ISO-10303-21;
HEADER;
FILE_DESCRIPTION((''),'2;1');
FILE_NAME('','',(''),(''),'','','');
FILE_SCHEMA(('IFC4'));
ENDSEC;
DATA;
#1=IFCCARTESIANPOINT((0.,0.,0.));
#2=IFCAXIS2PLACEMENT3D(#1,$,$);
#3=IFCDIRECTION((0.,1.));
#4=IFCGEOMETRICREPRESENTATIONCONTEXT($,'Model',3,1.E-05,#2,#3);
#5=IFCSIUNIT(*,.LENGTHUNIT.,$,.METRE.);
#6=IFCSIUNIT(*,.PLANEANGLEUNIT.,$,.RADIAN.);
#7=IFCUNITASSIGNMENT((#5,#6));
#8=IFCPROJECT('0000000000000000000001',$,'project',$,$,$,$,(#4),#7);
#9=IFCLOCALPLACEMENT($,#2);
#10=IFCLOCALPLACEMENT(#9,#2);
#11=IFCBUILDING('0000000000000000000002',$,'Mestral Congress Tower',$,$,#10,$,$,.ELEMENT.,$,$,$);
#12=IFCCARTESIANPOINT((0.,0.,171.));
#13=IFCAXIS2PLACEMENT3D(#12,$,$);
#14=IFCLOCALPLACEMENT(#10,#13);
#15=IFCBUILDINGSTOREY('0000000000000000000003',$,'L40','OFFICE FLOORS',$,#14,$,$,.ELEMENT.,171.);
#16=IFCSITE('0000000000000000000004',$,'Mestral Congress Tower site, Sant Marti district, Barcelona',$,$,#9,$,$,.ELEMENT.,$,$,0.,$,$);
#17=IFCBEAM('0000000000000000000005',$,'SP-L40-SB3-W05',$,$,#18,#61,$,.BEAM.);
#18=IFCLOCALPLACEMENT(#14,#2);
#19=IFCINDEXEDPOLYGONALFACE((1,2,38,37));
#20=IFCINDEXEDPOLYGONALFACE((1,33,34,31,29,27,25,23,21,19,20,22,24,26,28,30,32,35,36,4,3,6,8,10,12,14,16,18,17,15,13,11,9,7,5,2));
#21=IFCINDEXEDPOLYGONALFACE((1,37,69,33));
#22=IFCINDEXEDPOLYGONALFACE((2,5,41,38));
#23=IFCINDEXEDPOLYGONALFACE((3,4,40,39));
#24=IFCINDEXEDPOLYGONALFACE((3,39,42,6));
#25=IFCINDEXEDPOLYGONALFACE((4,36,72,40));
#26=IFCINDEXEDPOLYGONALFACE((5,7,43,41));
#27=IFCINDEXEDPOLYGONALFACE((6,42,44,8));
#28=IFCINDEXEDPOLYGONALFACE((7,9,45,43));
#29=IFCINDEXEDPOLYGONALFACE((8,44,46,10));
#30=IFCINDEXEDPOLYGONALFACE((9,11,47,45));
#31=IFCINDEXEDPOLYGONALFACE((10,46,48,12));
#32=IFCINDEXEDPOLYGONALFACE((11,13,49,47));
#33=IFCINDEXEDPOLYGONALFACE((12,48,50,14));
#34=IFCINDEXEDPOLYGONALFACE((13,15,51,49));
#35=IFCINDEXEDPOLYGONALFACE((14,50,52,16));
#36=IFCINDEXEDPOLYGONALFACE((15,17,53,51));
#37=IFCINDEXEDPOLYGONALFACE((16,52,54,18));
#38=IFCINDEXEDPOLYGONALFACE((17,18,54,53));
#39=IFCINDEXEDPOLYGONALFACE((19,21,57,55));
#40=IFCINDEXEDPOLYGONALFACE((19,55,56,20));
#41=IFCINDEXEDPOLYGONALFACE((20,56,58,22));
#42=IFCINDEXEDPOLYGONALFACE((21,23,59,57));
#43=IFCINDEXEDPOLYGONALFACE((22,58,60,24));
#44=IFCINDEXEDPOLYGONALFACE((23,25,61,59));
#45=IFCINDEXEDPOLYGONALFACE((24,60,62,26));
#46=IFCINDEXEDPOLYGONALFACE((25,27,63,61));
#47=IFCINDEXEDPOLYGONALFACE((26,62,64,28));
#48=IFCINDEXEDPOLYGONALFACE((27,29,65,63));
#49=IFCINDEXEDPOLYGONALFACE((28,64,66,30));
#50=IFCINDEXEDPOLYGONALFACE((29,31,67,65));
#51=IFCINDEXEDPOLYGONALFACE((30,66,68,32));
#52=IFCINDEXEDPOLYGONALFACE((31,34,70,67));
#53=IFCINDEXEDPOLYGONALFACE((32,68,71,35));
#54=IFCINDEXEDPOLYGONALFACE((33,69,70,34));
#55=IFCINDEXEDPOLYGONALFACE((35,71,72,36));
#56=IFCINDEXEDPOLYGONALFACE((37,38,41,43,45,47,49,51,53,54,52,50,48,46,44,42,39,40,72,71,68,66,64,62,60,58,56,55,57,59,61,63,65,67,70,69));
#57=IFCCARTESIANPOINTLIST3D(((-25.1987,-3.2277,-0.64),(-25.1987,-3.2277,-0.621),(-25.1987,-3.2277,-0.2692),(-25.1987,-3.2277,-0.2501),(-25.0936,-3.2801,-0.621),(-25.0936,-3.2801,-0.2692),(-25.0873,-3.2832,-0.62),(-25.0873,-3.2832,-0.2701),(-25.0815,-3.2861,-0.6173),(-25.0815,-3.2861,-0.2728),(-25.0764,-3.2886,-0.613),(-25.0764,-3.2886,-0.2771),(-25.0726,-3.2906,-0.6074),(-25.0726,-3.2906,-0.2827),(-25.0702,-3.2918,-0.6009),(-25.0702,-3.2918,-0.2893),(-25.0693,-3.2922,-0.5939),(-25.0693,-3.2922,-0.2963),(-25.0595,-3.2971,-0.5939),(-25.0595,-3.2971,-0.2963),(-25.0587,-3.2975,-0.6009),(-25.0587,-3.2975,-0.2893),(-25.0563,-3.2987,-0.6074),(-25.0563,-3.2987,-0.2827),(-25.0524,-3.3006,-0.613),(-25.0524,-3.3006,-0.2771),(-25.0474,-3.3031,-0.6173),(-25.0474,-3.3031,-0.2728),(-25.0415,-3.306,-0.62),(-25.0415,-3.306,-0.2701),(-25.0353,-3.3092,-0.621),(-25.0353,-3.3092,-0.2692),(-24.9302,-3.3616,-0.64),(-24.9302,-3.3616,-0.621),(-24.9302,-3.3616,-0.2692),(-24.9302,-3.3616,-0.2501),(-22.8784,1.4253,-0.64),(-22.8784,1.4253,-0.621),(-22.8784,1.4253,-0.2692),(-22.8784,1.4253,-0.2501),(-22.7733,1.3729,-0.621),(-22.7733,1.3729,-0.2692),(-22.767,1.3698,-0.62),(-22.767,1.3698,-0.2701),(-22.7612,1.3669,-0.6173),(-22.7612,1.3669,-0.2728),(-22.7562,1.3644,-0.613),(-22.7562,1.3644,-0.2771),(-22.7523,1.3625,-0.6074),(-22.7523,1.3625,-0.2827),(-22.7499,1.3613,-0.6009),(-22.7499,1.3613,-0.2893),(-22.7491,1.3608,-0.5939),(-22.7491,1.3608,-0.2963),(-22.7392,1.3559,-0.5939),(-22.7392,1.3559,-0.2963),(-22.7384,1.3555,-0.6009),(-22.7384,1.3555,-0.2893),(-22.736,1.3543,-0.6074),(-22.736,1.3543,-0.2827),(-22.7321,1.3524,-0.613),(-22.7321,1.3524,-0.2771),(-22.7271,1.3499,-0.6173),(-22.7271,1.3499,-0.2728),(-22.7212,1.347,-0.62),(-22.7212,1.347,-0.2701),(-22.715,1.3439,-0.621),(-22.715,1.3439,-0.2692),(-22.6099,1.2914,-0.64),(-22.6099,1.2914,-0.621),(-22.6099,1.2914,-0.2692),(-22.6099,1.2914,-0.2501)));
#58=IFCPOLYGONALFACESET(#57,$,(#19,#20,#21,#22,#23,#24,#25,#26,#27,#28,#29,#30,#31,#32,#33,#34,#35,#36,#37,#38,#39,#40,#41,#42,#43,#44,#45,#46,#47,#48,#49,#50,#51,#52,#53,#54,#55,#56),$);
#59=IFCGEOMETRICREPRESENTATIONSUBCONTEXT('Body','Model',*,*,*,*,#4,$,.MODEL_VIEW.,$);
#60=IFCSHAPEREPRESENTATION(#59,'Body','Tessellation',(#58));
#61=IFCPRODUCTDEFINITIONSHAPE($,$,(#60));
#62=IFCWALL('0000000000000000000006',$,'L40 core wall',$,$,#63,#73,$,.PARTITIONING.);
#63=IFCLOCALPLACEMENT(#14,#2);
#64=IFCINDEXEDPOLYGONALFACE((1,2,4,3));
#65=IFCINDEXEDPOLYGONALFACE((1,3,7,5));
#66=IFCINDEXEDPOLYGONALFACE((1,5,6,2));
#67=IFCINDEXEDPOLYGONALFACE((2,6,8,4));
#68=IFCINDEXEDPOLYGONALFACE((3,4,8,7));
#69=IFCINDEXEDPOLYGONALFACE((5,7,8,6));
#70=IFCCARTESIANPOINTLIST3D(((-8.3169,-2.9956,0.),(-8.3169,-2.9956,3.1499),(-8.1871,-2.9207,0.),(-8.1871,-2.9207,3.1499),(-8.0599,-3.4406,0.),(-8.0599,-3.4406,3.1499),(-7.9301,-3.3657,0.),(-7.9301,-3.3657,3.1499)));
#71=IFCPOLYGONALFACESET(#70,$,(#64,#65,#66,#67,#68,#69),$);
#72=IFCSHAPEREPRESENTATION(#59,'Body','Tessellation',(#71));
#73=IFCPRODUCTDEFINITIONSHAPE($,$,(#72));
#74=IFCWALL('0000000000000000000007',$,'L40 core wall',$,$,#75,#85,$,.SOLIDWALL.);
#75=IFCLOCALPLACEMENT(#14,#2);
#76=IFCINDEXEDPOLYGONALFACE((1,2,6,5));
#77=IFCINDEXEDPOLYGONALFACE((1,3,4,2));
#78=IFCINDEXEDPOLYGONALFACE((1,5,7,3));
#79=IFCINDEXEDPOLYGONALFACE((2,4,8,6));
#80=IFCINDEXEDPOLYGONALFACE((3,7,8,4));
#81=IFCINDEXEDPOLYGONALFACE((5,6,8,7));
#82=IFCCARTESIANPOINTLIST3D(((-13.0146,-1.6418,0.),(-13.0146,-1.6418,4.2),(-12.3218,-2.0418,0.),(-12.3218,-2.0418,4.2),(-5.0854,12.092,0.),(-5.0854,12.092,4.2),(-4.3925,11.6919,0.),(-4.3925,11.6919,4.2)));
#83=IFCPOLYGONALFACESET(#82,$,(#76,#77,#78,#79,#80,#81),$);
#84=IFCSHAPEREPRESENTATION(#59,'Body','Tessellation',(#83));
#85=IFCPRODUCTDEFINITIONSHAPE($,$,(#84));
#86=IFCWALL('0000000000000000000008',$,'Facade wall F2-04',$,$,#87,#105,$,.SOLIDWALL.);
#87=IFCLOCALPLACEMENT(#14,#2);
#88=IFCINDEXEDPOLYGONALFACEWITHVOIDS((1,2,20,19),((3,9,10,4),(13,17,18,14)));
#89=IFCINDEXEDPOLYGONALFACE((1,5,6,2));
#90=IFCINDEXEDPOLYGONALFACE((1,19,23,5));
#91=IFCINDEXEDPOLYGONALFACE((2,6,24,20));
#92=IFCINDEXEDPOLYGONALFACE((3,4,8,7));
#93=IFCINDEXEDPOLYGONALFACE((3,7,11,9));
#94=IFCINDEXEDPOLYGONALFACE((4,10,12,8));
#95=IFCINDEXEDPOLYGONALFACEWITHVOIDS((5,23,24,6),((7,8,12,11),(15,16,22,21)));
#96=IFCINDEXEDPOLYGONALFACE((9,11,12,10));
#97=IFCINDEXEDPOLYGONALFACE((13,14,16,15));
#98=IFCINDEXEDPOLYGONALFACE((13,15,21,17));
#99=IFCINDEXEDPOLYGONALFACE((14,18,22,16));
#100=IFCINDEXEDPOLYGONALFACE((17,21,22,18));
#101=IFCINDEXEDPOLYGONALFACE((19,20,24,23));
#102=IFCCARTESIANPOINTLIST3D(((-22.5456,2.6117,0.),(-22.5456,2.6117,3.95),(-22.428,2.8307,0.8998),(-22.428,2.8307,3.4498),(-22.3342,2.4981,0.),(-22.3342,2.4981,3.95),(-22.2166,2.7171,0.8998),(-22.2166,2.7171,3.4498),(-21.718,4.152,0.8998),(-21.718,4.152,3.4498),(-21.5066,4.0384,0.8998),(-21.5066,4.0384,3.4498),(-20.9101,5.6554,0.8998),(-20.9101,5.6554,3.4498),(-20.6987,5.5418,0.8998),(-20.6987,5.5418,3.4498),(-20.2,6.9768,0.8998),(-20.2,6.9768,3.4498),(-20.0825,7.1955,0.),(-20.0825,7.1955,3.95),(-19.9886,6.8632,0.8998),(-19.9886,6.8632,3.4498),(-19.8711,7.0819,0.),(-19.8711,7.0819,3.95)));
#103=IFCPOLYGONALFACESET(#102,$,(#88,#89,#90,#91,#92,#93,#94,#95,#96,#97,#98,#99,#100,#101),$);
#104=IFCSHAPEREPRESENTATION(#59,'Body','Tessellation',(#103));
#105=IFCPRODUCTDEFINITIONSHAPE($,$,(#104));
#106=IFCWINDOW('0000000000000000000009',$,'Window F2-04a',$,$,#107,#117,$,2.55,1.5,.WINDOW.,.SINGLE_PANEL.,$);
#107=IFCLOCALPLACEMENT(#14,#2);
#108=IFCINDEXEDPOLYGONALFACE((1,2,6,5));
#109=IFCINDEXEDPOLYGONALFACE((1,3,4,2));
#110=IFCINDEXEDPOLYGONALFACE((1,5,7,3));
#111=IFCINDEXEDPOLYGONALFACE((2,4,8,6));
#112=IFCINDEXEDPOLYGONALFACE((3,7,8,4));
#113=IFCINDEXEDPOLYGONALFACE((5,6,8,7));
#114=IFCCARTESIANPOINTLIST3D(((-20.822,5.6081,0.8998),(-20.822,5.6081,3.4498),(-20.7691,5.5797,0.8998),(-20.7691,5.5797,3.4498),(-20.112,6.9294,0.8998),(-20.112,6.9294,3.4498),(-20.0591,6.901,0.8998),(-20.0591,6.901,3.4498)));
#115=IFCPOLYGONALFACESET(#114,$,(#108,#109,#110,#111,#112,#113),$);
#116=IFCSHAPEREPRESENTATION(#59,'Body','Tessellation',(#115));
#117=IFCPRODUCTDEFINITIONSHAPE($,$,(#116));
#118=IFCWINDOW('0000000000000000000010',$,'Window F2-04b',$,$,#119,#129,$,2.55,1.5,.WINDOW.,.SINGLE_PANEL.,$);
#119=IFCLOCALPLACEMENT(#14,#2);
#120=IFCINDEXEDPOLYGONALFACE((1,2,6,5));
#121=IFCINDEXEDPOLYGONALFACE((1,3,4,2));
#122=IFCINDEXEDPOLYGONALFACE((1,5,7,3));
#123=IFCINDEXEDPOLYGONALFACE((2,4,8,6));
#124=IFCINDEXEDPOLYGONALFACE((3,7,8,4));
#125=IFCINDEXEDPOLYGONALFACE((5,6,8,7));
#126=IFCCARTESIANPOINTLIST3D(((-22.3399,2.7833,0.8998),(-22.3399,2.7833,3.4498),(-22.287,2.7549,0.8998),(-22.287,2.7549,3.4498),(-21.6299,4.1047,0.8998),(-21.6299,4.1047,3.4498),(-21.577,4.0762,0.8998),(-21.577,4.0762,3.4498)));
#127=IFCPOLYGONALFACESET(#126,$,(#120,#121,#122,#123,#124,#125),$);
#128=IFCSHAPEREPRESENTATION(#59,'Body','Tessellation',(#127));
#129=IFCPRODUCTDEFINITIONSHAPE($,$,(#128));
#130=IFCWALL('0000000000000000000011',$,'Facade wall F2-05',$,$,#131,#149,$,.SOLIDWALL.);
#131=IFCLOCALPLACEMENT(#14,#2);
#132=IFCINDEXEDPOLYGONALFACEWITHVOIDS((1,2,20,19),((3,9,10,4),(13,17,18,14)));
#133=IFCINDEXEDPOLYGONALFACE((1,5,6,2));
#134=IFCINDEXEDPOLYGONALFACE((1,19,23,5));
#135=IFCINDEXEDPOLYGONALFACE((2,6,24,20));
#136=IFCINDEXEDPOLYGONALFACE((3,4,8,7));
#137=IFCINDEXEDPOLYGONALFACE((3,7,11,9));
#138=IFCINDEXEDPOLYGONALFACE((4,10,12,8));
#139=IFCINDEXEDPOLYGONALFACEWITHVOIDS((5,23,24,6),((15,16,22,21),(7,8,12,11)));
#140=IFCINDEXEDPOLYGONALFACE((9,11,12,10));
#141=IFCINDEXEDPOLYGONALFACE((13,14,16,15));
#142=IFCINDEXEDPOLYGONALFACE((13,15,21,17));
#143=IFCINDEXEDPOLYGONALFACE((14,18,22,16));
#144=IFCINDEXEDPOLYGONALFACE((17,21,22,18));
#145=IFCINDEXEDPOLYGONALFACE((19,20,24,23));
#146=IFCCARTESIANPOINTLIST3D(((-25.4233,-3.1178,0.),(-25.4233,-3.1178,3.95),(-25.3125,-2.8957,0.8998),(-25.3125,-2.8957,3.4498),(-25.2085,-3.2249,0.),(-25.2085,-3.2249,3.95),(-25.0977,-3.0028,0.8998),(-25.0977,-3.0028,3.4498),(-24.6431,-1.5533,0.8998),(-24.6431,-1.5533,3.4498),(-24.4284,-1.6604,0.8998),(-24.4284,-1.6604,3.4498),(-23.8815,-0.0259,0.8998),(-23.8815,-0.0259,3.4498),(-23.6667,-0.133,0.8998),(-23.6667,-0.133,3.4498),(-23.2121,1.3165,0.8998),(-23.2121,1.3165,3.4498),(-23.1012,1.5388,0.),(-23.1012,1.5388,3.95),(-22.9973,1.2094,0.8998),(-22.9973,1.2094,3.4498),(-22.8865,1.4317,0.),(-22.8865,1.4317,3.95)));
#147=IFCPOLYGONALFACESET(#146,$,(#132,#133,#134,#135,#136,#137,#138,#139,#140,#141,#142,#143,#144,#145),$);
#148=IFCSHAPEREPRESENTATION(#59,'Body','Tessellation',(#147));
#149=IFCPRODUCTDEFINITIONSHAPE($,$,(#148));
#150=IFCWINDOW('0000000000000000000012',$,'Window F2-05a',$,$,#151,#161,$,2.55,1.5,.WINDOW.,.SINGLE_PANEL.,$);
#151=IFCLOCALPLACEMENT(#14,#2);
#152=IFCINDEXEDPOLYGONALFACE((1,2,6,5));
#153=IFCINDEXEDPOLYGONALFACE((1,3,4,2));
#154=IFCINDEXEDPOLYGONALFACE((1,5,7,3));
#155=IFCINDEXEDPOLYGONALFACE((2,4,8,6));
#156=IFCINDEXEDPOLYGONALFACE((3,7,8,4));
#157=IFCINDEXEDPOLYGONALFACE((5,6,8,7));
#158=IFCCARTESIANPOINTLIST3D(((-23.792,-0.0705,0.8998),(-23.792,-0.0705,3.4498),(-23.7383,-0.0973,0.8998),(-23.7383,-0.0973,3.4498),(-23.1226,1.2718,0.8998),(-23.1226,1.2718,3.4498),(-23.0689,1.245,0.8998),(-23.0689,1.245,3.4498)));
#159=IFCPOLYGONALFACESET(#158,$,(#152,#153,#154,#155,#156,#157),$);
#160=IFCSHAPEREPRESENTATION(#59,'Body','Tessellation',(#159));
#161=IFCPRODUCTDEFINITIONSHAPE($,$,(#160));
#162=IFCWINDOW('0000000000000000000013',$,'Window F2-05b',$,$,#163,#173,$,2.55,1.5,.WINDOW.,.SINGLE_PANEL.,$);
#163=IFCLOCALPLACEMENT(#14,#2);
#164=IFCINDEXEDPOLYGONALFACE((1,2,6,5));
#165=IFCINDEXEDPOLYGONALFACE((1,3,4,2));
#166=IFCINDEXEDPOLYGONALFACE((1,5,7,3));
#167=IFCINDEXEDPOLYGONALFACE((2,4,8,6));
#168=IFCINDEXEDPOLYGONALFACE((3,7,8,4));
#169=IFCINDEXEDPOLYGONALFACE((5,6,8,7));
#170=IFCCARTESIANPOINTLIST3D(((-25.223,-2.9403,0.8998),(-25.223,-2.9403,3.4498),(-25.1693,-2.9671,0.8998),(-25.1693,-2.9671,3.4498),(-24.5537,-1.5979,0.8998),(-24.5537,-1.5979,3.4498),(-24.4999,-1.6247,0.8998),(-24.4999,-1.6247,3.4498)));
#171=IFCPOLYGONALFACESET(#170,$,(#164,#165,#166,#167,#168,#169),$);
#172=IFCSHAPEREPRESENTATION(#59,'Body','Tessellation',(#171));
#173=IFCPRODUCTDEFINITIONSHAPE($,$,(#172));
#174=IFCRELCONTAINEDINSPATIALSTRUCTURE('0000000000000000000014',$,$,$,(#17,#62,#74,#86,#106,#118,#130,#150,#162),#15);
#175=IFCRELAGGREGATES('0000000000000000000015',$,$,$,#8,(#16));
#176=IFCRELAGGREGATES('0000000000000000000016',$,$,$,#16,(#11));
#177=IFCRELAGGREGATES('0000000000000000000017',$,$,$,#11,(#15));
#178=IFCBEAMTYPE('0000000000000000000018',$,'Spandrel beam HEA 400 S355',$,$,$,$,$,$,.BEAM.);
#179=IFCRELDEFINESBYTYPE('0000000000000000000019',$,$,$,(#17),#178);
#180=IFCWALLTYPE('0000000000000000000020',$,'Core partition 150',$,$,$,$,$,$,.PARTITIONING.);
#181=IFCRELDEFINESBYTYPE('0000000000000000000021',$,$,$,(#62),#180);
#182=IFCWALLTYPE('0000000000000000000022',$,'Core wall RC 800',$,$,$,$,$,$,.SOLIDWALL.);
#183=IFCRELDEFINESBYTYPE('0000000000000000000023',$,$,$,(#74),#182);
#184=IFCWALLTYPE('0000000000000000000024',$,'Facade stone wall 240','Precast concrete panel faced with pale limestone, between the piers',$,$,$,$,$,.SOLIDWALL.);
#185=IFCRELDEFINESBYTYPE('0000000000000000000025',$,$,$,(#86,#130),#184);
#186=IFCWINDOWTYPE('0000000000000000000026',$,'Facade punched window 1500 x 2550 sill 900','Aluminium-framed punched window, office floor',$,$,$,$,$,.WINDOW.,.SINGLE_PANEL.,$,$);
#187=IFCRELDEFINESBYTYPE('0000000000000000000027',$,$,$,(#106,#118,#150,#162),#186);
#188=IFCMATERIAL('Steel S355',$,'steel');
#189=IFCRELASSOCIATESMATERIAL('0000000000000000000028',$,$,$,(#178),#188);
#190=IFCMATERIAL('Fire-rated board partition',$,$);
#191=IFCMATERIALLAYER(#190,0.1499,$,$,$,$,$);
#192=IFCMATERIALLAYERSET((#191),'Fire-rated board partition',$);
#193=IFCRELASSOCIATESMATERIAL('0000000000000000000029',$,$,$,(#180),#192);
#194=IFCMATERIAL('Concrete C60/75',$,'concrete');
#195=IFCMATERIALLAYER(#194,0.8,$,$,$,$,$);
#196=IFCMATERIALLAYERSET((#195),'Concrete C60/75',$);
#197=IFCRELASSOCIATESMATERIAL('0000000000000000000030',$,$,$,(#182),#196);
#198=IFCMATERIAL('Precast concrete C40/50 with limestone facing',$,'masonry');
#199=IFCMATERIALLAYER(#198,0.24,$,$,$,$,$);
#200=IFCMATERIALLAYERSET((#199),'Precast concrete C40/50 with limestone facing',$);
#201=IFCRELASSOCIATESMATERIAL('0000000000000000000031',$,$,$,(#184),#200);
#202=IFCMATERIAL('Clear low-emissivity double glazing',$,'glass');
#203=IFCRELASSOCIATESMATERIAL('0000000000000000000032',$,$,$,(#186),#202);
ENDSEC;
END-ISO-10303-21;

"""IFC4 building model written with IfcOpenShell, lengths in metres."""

from ifc_helpers import new_model, si_unit, direction, frame, frame_2d, origin, origin_2d, place, context, subcontext, project, spatial, rectangle, i_section, extrude, material, layer, layer_set, material_profile, profile_set, type_object, element, fill, save


model = new_model("IFC4")

# Units and contexts
model_context = context("Model", 3, precision=1e-05, world=origin(), true_north=direction((0.0, 1.0)))
body_context = subcontext(model_context, "Body", "Model", "MODEL_VIEW")
ifc_project = project(units=[si_unit("LENGTHUNIT", "METRE"), si_unit("PLANEANGLEUNIT", "RADIAN")], contexts=[model_context])

# Site, building, storey
site_placement = place(None, origin())
site = spatial("IfcSite", under=ifc_project, at=site_placement, Name="Mestral Congress Tower site, Sant Marti district, Barcelona", CompositionType="ELEMENT", RefElevation=0.0)
building_placement = place(site_placement, origin())
building = spatial("IfcBuilding", under=site, at=building_placement, Name="Mestral Congress Tower", CompositionType="ELEMENT")
storey_placement = place(building_placement, frame((0.0, 0.0, 171.0)))
storey = spatial("IfcBuildingStorey", under=building, at=storey_placement, Name="L40", Description="OFFICE FLOORS", CompositionType="ELEMENT", Elevation=171.0)

# Shared definitions
ifc_material_1 = material(Name="Concrete C60/75", Category="concrete")

# Beam
ifc_material_2 = material(Name="Steel S355", Category="steel")
ifc_material_profile_1 = material_profile(ifc_material_2, i_section(OverallWidth=0.3, OverallDepth=0.3899, WebThickness=0.011, FlangeThickness=0.019, FilletRadius=0.0271, at=origin_2d()), Name="HEA 400")
ifc_profile_set_1 = profile_set([ifc_material_profile_1], Name="Steel S355")
beam_type_1 = type_object("IfcBeamType", Name="Spandrel beam HEA 400 S355", PredefinedType="BEAM", material=ifc_profile_set_1)
beam_1_placement = place(storey_placement, frame((-22.7441, 1.3584, -0.4451), z_axis=(-0.446255, -0.894906, 0.0), x_axis=(0.894906, -0.446255, 0.0)))
element("IfcBeam", 1, at=beam_1_placement, inside=storey, type_object=beam_type_1, Name="SP-L40-SB3-W05", PredefinedType="BEAM", context=body_context, shape_type="SweptSolid", body=[
    extrude(i_section(OverallWidth=0.3, OverallDepth=0.3899, WebThickness=0.011, FlangeThickness=0.019, FilletRadius=0.0271, at=origin_2d()), origin(), (0.0, 0.0, 1.0), 5.1995),
])

# Walls
ifc_material_3 = material(Name="Fire-rated board partition")
ifc_layer_1 = layer(ifc_material_3, 0.1499)
ifc_layer_set_1 = layer_set([ifc_layer_1], Name="Fire-rated board partition")
wall_type_1 = type_object("IfcWallType", Name="Core partition 150", PredefinedType="PARTITIONING", material=ifc_layer_set_1)
wall_1_placement = place(storey_placement, frame((-8.252, -2.9583, 0.0), z_axis=(0.0, 0.0, 1.0), x_axis=(0.500175, -0.865925, 0.0)))
element("IfcWall", 2, at=wall_1_placement, inside=storey, type_object=wall_type_1, Name="L40 core wall", PredefinedType="PARTITIONING", context=body_context, shape_type="SweptSolid", body=[
    extrude(rectangle(XDim=0.5139, YDim=0.1499, at=frame_2d((0.2568, 0.0))), origin(), (0.0, 0.0, 1.0), 3.1499),
])
ifc_layer_2 = layer(ifc_material_1, 0.8)
ifc_layer_set_2 = layer_set([ifc_layer_2], Name="Concrete C60/75")
wall_type_2 = type_object("IfcWallType", Name="Core wall RC 800", PredefinedType="SOLIDWALL", material=ifc_layer_set_2)
wall_2_placement = place(storey_placement, frame((-12.6682, -1.8418, 0.0), z_axis=(0.0, 0.0, 1.0), x_axis=(0.500004, 0.866023, 0.0)))
element("IfcWall", 3, at=wall_2_placement, inside=storey, type_object=wall_type_2, Name="L40 core wall", PredefinedType="SOLIDWALL", context=body_context, shape_type="SweptSolid", body=[
    extrude(rectangle(XDim=15.8584, YDim=0.8, at=frame_2d((7.9292, 0.0))), origin(), (0.0, 0.0, 1.0), 4.2),
])

# Walls, openings, windows
ifc_material_4 = material(Name="Precast concrete C40/50 with limestone facing", Category="masonry")
ifc_layer_3 = layer(ifc_material_4, 0.24)
ifc_layer_set_3 = layer_set([ifc_layer_3], Name="Precast concrete C40/50 with limestone facing")
wall_type_3 = type_object("IfcWallType", Name="Facade stone wall 240", Description="Precast concrete panel faced with pale limestone, between the piers", PredefinedType="SOLIDWALL", material=ifc_layer_set_3)
wall_3_placement = place(storey_placement, frame((-19.9768, 7.1387, 0.0), z_axis=(0.0, 0.0, 1.0), x_axis=(-0.47335, -0.880875, 0.0)))
wall_3 = element("IfcWall", 4, at=wall_3_placement, inside=storey, type_object=wall_type_3, Name="Facade wall F2-04", PredefinedType="SOLIDWALL", context=body_context, shape_type="SweptSolid", body=[
    extrude(rectangle(XDim=5.2036, YDim=0.24, at=frame_2d((2.6018, 0.0))), origin(), (0.0, 0.0, 1.0), 3.95),
])
opening_1_placement = place(wall_3_placement, frame((0.2483, 0.0, 0.8999)))
opening_1 = element("IfcOpeningElement", 5, at=opening_1_placement, cuts=wall_3, PredefinedType="OPENING", context=body_context, shape_type="SweptSolid", body=[
    extrude(rectangle(XDim=1.5, YDim=2.55, at=frame_2d((0.75, 1.2749))), frame((0.0, 0.1299, 0.0), z_axis=(0.0, -1.0, 0.0), x_axis=(1.0, 0.0, 0.0)), (0.0, 0.0, 1.0), 0.26),
])
opening_2_placement = place(wall_3_placement, frame((3.4551, 0.0, 0.8999)))
opening_2 = element("IfcOpeningElement", 6, at=opening_2_placement, cuts=wall_3, PredefinedType="OPENING", context=body_context, shape_type="SweptSolid", body=[
    extrude(rectangle(XDim=1.5, YDim=2.55, at=frame_2d((0.75, 1.2749))), frame((0.0, 0.1299, 0.0), z_axis=(0.0, -1.0, 0.0), x_axis=(1.0, 0.0, 0.0)), (0.0, 0.0, 1.0), 0.26),
])
ifc_material_5 = material(Name="Clear low-emissivity double glazing", Category="glass")
window_type = type_object("IfcWindowType", Name="Facade punched window 1500 x 2550 sill 900", Description="Aluminium-framed punched window, office floor", PartitioningType="SINGLE_PANEL", PredefinedType="WINDOW", material=ifc_material_5)
window_1_placement = place(opening_1_placement, origin())
window_1 = element("IfcWindow", 7, at=window_1_placement, inside=storey, type_object=window_type, Name="Window F2-04a", OverallHeight=2.55, OverallWidth=1.5, PartitioningType="SINGLE_PANEL", PredefinedType="WINDOW", context=body_context, shape_type="SweptSolid", body=[
    extrude(rectangle(XDim=1.5, YDim=2.55, at=frame_2d((0.75, 1.2749))), frame((0.0, 0.04, 0.0), z_axis=(0.0, -1.0, 0.0), x_axis=(1.0, 0.0, 0.0)), (0.0, 0.0, 1.0), 0.0601),
])
fill(opening_1, window_1)
window_2_placement = place(opening_2_placement, origin())
window_2 = element("IfcWindow", 8, at=window_2_placement, inside=storey, type_object=window_type, Name="Window F2-04b", OverallHeight=2.55, OverallWidth=1.5, PartitioningType="SINGLE_PANEL", PredefinedType="WINDOW", context=body_context, shape_type="SweptSolid", body=[
    extrude(rectangle(XDim=1.5, YDim=2.55, at=frame_2d((0.75, 1.2749))), frame((0.0, 0.04, 0.0), z_axis=(0.0, -1.0, 0.0), x_axis=(1.0, 0.0, 0.0)), (0.0, 0.0, 1.0), 0.0601),
])
fill(opening_2, window_2)
wall_4_placement = place(storey_placement, frame((-22.9939, 1.4851, 0.0), z_axis=(0.0, 0.0, 1.0), x_axis=(-0.446256, -0.894905, 0.0)))
wall_4 = element("IfcWall", 9, at=wall_4_placement, inside=storey, type_object=wall_type_3, Name="Facade wall F2-05", PredefinedType="SOLIDWALL", context=body_context, shape_type="SweptSolid", body=[
    extrude(rectangle(XDim=5.2034, YDim=0.24, at=frame_2d((2.6016, 0.0))), origin(), (0.0, 0.0, 1.0), 3.95),
])
opening_3_placement = place(wall_4_placement, frame((0.2483, 0.0, 0.8999)))
opening_3 = element("IfcOpeningElement", 10, at=opening_3_placement, cuts=wall_4, PredefinedType="OPENING", context=body_context, shape_type="SweptSolid", body=[
    extrude(rectangle(XDim=1.5, YDim=2.55, at=frame_2d((0.75, 1.2749))), frame((0.0, 0.1299, 0.0), z_axis=(0.0, -1.0, 0.0), x_axis=(1.0, 0.0, 0.0)), (0.0, 0.0, 1.0), 0.26),
])
opening_4_placement = place(wall_4_placement, frame((3.4551, 0.0, 0.8999)))
opening_4 = element("IfcOpeningElement", 11, at=opening_4_placement, cuts=wall_4, PredefinedType="OPENING", context=body_context, shape_type="SweptSolid", body=[
    extrude(rectangle(XDim=1.5, YDim=2.55, at=frame_2d((0.75, 1.2749))), frame((0.0, 0.1299, 0.0), z_axis=(0.0, -1.0, 0.0), x_axis=(1.0, 0.0, 0.0)), (0.0, 0.0, 1.0), 0.26),
])
window_3_placement = place(opening_3_placement, origin())
window_3 = element("IfcWindow", 12, at=window_3_placement, inside=storey, type_object=window_type, Name="Window F2-05a", OverallHeight=2.55, OverallWidth=1.5, PartitioningType="SINGLE_PANEL", PredefinedType="WINDOW", context=body_context, shape_type="SweptSolid", body=[
    extrude(rectangle(XDim=1.5, YDim=2.55, at=frame_2d((0.75, 1.2749))), frame((0.0, 0.04, 0.0), z_axis=(0.0, -1.0, 0.0), x_axis=(1.0, 0.0, 0.0)), (0.0, 0.0, 1.0), 0.0601),
])
fill(opening_3, window_3)
window_4_placement = place(opening_4_placement, origin())
window_4 = element("IfcWindow", 13, at=window_4_placement, inside=storey, type_object=window_type, Name="Window F2-05b", OverallHeight=2.55, OverallWidth=1.5, PartitioningType="SINGLE_PANEL", PredefinedType="WINDOW", context=body_context, shape_type="SweptSolid", body=[
    extrude(rectangle(XDim=1.5, YDim=2.55, at=frame_2d((0.75, 1.2749))), frame((0.0, 0.04, 0.0), z_axis=(0.0, -1.0, 0.0), x_axis=(1.0, 0.0, 0.0)), (0.0, 0.0, 1.0), 0.0601),
])
fill(opening_4, window_4)

save(model, "model.ifc")
